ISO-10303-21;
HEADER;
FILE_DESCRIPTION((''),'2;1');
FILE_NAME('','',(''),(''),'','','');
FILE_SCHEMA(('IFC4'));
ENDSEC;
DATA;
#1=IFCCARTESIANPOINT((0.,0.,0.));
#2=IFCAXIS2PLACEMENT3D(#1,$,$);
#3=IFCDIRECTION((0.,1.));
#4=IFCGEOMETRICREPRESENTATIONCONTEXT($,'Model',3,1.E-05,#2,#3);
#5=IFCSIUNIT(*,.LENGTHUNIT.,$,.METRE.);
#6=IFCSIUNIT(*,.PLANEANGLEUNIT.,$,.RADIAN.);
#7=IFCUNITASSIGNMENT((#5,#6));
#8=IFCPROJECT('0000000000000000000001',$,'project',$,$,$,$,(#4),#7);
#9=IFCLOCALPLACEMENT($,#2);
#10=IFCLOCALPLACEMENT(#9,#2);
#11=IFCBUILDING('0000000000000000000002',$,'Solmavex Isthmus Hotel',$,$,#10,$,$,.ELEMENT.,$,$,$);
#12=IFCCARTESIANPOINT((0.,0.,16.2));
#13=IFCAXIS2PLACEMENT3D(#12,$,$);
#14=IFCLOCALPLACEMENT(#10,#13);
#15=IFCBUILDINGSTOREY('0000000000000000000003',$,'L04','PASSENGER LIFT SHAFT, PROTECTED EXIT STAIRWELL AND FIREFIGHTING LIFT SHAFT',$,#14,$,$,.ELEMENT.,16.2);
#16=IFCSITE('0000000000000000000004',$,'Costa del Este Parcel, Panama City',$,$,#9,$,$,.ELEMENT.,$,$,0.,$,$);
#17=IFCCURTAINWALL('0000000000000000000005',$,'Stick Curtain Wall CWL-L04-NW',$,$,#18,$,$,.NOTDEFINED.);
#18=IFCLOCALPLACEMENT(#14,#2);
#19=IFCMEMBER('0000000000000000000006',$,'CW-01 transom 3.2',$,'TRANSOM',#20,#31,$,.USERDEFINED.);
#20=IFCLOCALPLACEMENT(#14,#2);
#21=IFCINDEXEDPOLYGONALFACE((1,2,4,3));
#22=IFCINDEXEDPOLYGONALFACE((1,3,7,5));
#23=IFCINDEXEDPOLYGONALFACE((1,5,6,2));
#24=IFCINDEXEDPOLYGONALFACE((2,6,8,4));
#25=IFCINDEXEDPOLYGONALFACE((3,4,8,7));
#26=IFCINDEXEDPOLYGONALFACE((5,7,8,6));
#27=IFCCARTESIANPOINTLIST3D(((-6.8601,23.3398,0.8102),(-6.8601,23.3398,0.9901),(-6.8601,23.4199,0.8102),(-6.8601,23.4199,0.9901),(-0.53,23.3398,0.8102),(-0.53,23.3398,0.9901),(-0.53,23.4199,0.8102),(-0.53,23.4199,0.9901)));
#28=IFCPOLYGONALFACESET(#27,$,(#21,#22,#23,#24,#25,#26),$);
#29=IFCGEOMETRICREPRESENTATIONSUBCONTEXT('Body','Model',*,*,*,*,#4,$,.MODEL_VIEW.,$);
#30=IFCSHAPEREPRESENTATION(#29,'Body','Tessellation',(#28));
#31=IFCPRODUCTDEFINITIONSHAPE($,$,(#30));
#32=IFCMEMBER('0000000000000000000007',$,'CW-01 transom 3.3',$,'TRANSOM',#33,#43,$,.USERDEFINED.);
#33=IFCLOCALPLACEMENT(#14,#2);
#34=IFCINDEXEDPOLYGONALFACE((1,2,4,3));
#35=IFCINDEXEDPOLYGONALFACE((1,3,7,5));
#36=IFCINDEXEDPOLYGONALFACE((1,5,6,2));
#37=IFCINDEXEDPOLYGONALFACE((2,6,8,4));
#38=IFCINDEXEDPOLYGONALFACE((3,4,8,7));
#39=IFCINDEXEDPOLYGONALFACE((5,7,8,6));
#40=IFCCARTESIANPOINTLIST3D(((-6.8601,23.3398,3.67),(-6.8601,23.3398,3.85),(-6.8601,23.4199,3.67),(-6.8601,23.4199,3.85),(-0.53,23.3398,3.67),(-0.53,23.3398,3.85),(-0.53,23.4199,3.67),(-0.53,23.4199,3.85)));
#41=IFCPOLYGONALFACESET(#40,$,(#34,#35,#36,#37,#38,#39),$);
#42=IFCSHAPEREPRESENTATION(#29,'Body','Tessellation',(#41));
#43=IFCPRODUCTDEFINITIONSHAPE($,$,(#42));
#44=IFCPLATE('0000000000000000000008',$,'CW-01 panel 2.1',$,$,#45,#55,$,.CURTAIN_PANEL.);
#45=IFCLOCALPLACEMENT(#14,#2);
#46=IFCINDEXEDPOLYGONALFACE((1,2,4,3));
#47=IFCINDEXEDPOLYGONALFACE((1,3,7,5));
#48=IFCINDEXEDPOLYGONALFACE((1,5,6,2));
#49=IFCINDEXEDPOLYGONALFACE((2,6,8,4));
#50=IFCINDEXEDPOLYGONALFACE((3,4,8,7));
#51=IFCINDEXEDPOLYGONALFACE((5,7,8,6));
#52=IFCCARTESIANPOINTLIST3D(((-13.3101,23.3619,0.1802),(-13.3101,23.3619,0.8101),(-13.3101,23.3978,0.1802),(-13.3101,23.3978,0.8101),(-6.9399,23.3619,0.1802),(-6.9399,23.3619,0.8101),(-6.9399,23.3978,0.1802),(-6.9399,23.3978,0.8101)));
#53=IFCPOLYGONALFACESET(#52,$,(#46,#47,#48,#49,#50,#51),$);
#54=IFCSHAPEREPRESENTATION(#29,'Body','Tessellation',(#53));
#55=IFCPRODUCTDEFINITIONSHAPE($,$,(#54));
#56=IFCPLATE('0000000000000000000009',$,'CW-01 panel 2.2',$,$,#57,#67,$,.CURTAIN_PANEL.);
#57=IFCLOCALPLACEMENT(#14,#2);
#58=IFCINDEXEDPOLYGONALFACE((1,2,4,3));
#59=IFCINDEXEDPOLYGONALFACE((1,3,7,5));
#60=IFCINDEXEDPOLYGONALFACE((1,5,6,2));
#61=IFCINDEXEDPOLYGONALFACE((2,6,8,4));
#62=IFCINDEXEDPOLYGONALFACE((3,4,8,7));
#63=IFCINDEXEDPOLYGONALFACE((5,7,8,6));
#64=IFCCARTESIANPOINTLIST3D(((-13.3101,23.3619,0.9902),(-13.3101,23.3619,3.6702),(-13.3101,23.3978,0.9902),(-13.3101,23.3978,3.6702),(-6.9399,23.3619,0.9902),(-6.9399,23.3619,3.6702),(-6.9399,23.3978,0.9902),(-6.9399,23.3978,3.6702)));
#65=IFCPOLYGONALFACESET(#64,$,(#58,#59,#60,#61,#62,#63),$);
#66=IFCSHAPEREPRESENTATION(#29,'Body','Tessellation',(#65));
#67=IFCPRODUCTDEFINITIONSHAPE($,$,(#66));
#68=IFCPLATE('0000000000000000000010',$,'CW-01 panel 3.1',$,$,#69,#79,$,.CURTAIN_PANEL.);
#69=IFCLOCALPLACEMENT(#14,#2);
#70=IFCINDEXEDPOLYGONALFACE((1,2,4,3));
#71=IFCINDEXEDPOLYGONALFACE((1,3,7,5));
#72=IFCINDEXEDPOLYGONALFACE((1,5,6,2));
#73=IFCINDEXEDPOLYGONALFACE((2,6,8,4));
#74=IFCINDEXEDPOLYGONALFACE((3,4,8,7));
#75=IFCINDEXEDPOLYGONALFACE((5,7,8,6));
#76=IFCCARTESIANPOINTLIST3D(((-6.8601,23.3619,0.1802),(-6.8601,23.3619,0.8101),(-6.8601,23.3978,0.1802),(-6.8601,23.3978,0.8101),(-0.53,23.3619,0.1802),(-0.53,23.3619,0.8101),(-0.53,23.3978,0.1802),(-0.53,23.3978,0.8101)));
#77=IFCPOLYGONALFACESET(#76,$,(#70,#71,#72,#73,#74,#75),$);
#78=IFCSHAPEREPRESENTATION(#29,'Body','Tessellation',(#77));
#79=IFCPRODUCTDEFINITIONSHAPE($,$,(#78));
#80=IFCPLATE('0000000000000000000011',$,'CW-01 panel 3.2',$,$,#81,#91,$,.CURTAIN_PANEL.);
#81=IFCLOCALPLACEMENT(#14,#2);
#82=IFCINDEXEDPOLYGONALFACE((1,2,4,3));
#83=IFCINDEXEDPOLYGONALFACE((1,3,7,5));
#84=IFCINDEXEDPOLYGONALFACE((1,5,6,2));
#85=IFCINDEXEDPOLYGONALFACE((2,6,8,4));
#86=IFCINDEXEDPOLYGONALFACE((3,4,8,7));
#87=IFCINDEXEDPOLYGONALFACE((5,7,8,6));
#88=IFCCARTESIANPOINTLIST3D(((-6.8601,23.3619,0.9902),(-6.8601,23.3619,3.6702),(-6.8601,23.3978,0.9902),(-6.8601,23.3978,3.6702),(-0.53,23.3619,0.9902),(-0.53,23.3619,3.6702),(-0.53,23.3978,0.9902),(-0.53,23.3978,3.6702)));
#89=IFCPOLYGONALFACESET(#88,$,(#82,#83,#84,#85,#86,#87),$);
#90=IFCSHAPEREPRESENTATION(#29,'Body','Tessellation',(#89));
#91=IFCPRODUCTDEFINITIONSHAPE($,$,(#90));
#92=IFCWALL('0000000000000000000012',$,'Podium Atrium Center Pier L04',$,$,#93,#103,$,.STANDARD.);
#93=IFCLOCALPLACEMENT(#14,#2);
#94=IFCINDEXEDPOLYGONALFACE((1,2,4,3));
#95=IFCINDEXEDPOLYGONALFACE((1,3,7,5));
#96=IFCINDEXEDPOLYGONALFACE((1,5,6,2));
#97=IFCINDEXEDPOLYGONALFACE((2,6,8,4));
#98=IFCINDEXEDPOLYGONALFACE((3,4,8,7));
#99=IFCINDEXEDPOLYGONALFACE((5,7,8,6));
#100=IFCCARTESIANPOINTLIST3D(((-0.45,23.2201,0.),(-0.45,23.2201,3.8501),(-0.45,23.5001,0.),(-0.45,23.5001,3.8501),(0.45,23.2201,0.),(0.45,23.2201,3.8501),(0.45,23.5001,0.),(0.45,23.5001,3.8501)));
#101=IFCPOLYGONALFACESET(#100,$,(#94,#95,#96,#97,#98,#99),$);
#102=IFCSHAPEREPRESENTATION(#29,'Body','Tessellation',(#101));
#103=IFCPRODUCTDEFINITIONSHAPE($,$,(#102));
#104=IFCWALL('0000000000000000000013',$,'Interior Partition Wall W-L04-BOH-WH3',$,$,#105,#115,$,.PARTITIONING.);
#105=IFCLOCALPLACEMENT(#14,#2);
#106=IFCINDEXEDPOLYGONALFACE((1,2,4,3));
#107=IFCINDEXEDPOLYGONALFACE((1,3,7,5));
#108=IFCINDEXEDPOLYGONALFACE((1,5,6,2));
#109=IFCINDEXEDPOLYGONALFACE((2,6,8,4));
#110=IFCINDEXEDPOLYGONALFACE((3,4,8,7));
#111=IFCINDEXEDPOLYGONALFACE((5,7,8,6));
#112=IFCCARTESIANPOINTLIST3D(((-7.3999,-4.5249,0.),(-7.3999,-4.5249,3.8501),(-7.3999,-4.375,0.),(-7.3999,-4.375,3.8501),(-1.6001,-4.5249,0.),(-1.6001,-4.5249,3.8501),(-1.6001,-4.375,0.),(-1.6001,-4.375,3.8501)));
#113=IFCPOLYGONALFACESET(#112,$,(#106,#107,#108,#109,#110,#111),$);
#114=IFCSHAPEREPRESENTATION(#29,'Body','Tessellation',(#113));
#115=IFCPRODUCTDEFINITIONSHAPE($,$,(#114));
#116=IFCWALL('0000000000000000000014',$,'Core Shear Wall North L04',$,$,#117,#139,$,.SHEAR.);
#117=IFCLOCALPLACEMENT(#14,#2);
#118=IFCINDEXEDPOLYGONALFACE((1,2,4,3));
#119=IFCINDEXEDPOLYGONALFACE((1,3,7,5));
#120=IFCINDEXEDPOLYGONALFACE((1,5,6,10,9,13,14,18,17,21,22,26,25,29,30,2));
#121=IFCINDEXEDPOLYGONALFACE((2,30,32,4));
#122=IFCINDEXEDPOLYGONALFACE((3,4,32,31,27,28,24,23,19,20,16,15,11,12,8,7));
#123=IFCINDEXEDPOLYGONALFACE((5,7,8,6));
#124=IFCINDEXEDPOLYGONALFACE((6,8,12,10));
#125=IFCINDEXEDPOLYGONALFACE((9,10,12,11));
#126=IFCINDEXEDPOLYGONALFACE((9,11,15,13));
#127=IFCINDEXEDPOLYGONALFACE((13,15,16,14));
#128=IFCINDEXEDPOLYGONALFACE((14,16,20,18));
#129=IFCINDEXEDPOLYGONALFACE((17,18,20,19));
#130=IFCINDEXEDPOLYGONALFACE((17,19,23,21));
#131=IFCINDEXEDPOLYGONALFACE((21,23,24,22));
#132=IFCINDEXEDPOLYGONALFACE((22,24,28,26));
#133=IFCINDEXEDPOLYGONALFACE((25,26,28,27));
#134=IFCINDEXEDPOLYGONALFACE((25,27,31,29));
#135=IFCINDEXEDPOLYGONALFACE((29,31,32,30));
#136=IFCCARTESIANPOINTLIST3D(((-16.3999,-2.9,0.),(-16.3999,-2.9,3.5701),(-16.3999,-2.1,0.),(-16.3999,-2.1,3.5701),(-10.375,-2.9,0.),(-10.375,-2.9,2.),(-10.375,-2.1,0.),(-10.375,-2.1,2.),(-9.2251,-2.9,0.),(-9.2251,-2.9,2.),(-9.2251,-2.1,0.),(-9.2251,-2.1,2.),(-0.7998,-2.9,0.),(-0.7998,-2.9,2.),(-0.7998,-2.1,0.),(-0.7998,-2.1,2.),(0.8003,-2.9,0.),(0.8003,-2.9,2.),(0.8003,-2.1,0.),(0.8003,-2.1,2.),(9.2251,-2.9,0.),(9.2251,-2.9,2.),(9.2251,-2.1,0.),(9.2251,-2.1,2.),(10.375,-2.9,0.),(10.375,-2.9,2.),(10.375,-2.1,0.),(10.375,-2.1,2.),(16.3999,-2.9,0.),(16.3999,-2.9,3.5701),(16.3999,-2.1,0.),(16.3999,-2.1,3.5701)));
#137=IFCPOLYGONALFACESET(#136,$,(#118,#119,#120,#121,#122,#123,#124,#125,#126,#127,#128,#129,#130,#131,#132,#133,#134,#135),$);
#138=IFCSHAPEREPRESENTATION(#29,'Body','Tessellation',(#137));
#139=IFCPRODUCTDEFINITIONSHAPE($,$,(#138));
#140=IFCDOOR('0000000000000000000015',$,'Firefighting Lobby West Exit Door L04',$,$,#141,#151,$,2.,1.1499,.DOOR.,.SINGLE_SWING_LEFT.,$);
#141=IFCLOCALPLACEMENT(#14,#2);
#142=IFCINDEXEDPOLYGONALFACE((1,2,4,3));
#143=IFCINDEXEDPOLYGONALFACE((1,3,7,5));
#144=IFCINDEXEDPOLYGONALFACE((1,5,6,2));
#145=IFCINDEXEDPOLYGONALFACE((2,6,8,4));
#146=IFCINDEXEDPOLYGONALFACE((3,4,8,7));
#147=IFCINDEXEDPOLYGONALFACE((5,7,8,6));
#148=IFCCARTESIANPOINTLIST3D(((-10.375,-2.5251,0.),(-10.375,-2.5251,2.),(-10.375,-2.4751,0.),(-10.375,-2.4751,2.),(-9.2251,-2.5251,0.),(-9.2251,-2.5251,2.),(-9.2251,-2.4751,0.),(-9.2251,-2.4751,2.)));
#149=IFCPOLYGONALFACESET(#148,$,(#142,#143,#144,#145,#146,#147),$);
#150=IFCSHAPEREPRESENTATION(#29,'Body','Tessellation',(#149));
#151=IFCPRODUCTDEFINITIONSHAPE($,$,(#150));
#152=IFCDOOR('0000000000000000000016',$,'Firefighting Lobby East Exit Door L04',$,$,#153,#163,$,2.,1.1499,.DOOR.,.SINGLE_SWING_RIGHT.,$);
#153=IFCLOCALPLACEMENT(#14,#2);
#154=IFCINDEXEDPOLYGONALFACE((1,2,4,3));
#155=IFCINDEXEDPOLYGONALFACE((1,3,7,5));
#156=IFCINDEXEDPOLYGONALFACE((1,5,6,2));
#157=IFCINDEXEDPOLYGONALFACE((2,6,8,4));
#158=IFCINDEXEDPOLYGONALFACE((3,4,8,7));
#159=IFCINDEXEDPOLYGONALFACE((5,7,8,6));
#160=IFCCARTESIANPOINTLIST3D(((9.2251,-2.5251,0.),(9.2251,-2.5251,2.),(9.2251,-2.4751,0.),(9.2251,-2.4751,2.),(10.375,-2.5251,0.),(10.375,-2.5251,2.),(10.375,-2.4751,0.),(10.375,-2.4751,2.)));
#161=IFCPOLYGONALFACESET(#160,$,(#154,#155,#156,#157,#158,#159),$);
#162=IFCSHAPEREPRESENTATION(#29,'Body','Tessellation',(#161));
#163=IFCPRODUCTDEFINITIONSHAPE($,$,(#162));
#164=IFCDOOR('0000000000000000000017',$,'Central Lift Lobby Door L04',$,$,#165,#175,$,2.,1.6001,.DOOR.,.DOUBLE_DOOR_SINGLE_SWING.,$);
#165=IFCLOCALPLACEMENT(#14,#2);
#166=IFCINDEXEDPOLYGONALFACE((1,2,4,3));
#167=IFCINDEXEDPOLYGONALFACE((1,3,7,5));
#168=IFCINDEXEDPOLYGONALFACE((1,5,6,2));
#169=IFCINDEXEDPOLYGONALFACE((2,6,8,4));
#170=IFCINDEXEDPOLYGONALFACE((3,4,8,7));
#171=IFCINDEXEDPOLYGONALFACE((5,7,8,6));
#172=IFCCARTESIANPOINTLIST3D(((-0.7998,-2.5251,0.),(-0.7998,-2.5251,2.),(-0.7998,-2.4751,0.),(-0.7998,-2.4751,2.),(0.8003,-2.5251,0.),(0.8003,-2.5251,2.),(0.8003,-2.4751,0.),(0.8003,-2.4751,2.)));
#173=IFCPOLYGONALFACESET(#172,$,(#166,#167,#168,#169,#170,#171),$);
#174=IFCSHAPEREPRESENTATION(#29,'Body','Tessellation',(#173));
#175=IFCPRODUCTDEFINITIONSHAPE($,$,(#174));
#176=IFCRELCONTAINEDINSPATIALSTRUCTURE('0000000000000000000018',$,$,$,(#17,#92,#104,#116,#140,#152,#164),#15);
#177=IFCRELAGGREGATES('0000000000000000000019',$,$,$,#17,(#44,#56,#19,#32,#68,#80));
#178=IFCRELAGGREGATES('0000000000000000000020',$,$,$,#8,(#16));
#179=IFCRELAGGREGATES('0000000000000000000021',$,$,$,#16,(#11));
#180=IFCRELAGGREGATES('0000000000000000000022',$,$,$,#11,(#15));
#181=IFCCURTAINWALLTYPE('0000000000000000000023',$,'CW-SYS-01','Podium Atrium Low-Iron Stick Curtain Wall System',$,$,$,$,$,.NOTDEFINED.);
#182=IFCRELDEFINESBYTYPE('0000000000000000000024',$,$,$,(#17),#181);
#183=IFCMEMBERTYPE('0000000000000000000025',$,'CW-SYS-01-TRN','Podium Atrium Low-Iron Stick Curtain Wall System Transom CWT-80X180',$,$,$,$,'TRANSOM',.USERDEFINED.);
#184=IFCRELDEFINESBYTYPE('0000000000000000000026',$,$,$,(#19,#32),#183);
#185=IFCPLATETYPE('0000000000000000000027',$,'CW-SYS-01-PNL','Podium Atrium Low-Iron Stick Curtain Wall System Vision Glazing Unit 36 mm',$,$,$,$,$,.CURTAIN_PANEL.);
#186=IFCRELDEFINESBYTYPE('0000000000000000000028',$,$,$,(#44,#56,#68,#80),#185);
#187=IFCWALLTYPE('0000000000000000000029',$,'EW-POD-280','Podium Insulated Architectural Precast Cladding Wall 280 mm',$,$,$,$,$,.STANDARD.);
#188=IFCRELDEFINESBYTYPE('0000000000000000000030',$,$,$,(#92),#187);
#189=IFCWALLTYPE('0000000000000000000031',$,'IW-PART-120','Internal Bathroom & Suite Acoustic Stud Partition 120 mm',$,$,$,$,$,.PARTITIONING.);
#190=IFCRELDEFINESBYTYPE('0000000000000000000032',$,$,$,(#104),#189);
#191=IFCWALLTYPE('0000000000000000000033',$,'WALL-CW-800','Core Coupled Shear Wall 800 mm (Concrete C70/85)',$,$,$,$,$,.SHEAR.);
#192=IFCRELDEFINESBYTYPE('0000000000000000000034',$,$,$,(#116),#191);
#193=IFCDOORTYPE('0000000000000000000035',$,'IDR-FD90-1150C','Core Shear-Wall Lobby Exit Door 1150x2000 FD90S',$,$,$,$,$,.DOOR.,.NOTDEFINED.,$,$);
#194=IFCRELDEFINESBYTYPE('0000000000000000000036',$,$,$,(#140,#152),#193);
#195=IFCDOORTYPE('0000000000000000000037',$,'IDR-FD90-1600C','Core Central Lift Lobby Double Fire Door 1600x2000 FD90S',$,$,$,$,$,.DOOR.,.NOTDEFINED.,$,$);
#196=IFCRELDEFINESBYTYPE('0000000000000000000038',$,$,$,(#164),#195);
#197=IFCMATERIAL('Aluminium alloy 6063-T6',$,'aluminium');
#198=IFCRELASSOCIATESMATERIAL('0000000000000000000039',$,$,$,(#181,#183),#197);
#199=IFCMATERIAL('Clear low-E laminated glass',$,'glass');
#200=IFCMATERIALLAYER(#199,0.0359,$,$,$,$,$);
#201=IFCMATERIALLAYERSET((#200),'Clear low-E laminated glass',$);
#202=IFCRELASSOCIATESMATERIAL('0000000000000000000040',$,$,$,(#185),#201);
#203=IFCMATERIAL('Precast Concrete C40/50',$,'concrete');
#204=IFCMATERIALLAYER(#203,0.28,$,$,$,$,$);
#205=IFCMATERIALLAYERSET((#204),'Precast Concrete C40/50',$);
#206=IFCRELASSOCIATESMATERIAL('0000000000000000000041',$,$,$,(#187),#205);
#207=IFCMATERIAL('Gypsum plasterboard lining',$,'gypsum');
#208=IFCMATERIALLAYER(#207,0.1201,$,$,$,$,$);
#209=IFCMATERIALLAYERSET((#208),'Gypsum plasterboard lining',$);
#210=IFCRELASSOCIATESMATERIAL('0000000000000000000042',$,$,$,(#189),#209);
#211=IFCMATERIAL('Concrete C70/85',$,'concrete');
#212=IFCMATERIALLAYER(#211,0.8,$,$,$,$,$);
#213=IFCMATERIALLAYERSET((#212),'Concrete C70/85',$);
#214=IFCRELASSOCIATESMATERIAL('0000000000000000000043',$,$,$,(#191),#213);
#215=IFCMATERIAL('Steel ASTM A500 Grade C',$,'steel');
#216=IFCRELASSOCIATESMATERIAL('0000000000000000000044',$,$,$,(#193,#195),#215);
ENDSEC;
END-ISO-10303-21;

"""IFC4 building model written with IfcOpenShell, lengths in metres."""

from ifc_helpers import new_model, si_unit, direction, frame, frame_2d, origin, origin_2d, place, context, subcontext, project, spatial, rectangle, extrude, material, layer, layer_set, material_profile, profile_set, type_object, element, fill, aggregate, save


model = new_model("IFC4")

# Units and contexts
model_context = context("Model", 3, precision=1e-05, world=origin(), true_north=direction((0.0, 1.0)))
body_context = subcontext(model_context, "Body", "Model", "MODEL_VIEW")
ifc_project = project(units=[si_unit("LENGTHUNIT", "METRE"), si_unit("PLANEANGLEUNIT", "RADIAN")], contexts=[model_context])

# Site, building, storey
site_placement = place(None, origin())
site = spatial("IfcSite", under=ifc_project, at=site_placement, Name="Costa del Este Parcel, Panama City", CompositionType="ELEMENT", RefElevation=0.0)
building_placement = place(site_placement, origin())
building = spatial("IfcBuilding", under=site, at=building_placement, Name="Solmavex Isthmus Hotel", CompositionType="ELEMENT")
storey_placement = place(building_placement, frame((0.0, 0.0, 16.2)))
storey = spatial("IfcBuildingStorey", under=building, at=storey_placement, Name="L04", Description="PASSENGER LIFT SHAFT, PROTECTED EXIT STAIRWELL AND FIREFIGHTING LIFT SHAFT", CompositionType="ELEMENT", Elevation=16.2)

# Shared definitions
ifc_material_1 = material(Name="Concrete C70/85", Category="concrete")

# Curtain wall, members, plates
ifc_material_2 = material(Name="Aluminium alloy 6063-T6", Category="aluminium")
curtain_wall_type = type_object("IfcCurtainWallType", Name="CW-SYS-01", Description="Podium Atrium Low-Iron Stick Curtain Wall System", PredefinedType="NOTDEFINED", material=ifc_material_2)
curtain_wall_placement = place(storey_placement, origin())
curtain_wall = element("IfcCurtainWall", 1, at=curtain_wall_placement, inside=storey, type_object=curtain_wall_type, Name="Stick Curtain Wall CWL-L04-NW", PredefinedType="NOTDEFINED")
ifc_material_profile_1 = material_profile(ifc_material_2, rectangle(XDim=0.0801, YDim=0.1799, at=origin_2d()), Name="CWT-80X180")
ifc_profile_set_1 = profile_set([ifc_material_profile_1], Name="Aluminium alloy 6063-T6")
member_type_1 = type_object("IfcMemberType", Name="CW-SYS-01-TRN", Description="Podium Atrium Low-Iron Stick Curtain Wall System Transom CWT-80X180", ElementType="TRANSOM", PredefinedType="USERDEFINED", material=ifc_profile_set_1)
member_1_placement = place(storey_placement, frame((-6.8601, 23.3799, 0.9001), z_axis=(1.0, 0.0, 0.0), x_axis=(0.0, 1.0, 0.0)))
member_1 = element("IfcMember", 2, at=member_1_placement, type_object=member_type_1, Name="CW-01 transom 3.2", ObjectType="TRANSOM", PredefinedType="USERDEFINED", context=body_context, shape_type="SweptSolid", body=[
    extrude(rectangle(XDim=0.0801, YDim=0.1799, at=origin_2d()), origin(), (0.0, 0.0, 1.0), 6.3301),
])
member_2_placement = place(storey_placement, frame((-6.8601, 23.3799, 3.76), z_axis=(1.0, 0.0, 0.0), x_axis=(0.0, 1.0, 0.0)))
member_2 = element("IfcMember", 3, at=member_2_placement, type_object=member_type_1, Name="CW-01 transom 3.3", ObjectType="TRANSOM", PredefinedType="USERDEFINED", context=body_context, shape_type="SweptSolid", body=[
    extrude(rectangle(XDim=0.0801, YDim=0.1799, at=origin_2d()), origin(), (0.0, 0.0, 1.0), 6.3301),
])
ifc_material_3 = material(Name="Clear low-E laminated glass", Category="glass")
ifc_layer_1 = layer(ifc_material_3, 0.0359)
ifc_layer_set_1 = layer_set([ifc_layer_1], Name="Clear low-E laminated glass")
plate_type = type_object("IfcPlateType", Name="CW-SYS-01-PNL", Description="Podium Atrium Low-Iron Stick Curtain Wall System Vision Glazing Unit 36 mm", PredefinedType="CURTAIN_PANEL", material=ifc_layer_set_1)
plate_1_placement = place(storey_placement, frame((-10.125, 23.3799, 0.1802), z_axis=(0.0, 0.0, 1.0), x_axis=(1.0, 0.0, 0.0)))
plate_1 = element("IfcPlate", 4, at=plate_1_placement, type_object=plate_type, Name="CW-01 panel 2.1", PredefinedType="CURTAIN_PANEL", context=body_context, shape_type="SweptSolid", body=[
    extrude(rectangle(XDim=6.3701, YDim=0.0359, at=origin_2d()), origin(), (0.0, 0.0, 1.0), 0.6299),
])
plate_2_placement = place(storey_placement, frame((-10.125, 23.3799, 0.9902), z_axis=(0.0, 0.0, 1.0), x_axis=(1.0, 0.0, 0.0)))
plate_2 = element("IfcPlate", 5, at=plate_2_placement, type_object=plate_type, Name="CW-01 panel 2.2", PredefinedType="CURTAIN_PANEL", context=body_context, shape_type="SweptSolid", body=[
    extrude(rectangle(XDim=6.3701, YDim=0.0359, at=origin_2d()), origin(), (0.0, 0.0, 1.0), 2.6799),
])
plate_3_placement = place(storey_placement, frame((-3.6951, 23.3799, 0.1802), z_axis=(0.0, 0.0, 1.0), x_axis=(1.0, 0.0, 0.0)))
plate_3 = element("IfcPlate", 6, at=plate_3_placement, type_object=plate_type, Name="CW-01 panel 3.1", PredefinedType="CURTAIN_PANEL", context=body_context, shape_type="SweptSolid", body=[
    extrude(rectangle(XDim=6.3301, YDim=0.0359, at=origin_2d()), origin(), (0.0, 0.0, 1.0), 0.6299),
])
plate_4_placement = place(storey_placement, frame((-3.6951, 23.3799, 0.9902), z_axis=(0.0, 0.0, 1.0), x_axis=(1.0, 0.0, 0.0)))
plate_4 = element("IfcPlate", 7, at=plate_4_placement, type_object=plate_type, Name="CW-01 panel 3.2", PredefinedType="CURTAIN_PANEL", context=body_context, shape_type="SweptSolid", body=[
    extrude(rectangle(XDim=6.3301, YDim=0.0359, at=origin_2d()), origin(), (0.0, 0.0, 1.0), 2.6799),
])
aggregate(curtain_wall, [plate_1, plate_2, member_1, member_2, plate_3, plate_4])

# Walls
ifc_material_4 = material(Name="Precast Concrete C40/50", Category="concrete")
ifc_layer_2 = layer(ifc_material_4, 0.28)
ifc_layer_set_2 = layer_set([ifc_layer_2], Name="Precast Concrete C40/50")
wall_type_1 = type_object("IfcWallType", Name="EW-POD-280", Description="Podium Insulated Architectural Precast Cladding Wall 280 mm", PredefinedType="STANDARD", material=ifc_layer_set_2)
wall_1_placement = place(storey_placement, frame((-0.45, 23.3601, 0.0), z_axis=(0.0, 0.0, 1.0), x_axis=(1.0, 0.0, 0.0)))
element("IfcWall", 8, at=wall_1_placement, inside=storey, type_object=wall_type_1, Name="Podium Atrium Center Pier L04", PredefinedType="STANDARD", context=body_context, shape_type="SweptSolid", body=[
    extrude(rectangle(XDim=0.8999, YDim=0.28, at=frame_2d((0.45, 0.0))), origin(), (0.0, 0.0, 1.0), 3.8501),
])
ifc_material_5 = material(Name="Gypsum plasterboard lining", Category="gypsum")
ifc_layer_3 = layer(ifc_material_5, 0.1201)
ifc_layer_set_3 = layer_set([ifc_layer_3], Name="Gypsum plasterboard lining")
wall_type_2 = type_object("IfcWallType", Name="IW-PART-120", Description="Internal Bathroom & Suite Acoustic Stud Partition 120 mm", PredefinedType="PARTITIONING", material=ifc_layer_set_3)
wall_2_placement = place(storey_placement, frame((-7.3999, -4.45, 0.0), z_axis=(0.0, 0.0, 1.0), x_axis=(1.0, 0.0, 0.0)))
element("IfcWall", 9, at=wall_2_placement, inside=storey, type_object=wall_type_2, Name="Interior Partition Wall W-L04-BOH-WH3", PredefinedType="PARTITIONING", context=body_context, shape_type="SweptSolid", body=[
    extrude(rectangle(XDim=5.7998, YDim=0.1499, at=frame_2d((2.8999, 0.0))), origin(), (0.0, 0.0, 1.0), 3.8501),
])

# Wall, openings, doors
ifc_layer_4 = layer(ifc_material_1, 0.8)
ifc_layer_set_4 = layer_set([ifc_layer_4], Name="Concrete C70/85")
wall_type_3 = type_object("IfcWallType", Name="WALL-CW-800", Description="Core Coupled Shear Wall 800 mm (Concrete C70/85)", PredefinedType="SHEAR", material=ifc_layer_set_4)
wall_3_placement = place(storey_placement, frame((-16.3999, -2.5, 0.0), z_axis=(0.0, 0.0, 1.0), x_axis=(1.0, 0.0, 0.0)))
wall_3 = element("IfcWall", 10, at=wall_3_placement, inside=storey, type_object=wall_type_3, Name="Core Shear Wall North L04", PredefinedType="SHEAR", context=body_context, shape_type="SweptSolid", body=[
    extrude(rectangle(XDim=32.7998, YDim=0.8, at=frame_2d((16.3999, 0.0))), origin(), (0.0, 0.0, 1.0), 3.5701),
])
opening_1_placement = place(wall_3_placement, frame((6.0249, 0.0, 0.0)))
opening_1 = element("IfcOpeningElement", 11, at=opening_1_placement, cuts=wall_3, PredefinedType="OPENING", context=body_context, shape_type="SweptSolid", body=[
    extrude(rectangle(XDim=1.1499, YDim=2.0, at=frame_2d((0.575, 1.0))), frame((0.0, 0.4099, 0.0), z_axis=(0.0, -1.0, 0.0), x_axis=(1.0, 0.0, 0.0)), (0.0, 0.0, 1.0), 0.8201),
])
opening_2_placement = place(wall_3_placement, frame((15.6001, 0.0, 0.0)))
opening_2 = element("IfcOpeningElement", 12, at=opening_2_placement, cuts=wall_3, PredefinedType="OPENING", context=body_context, shape_type="SweptSolid", body=[
    extrude(rectangle(XDim=1.6001, YDim=2.0, at=frame_2d((0.8, 1.0))), frame((0.0, 0.4099, 0.0), z_axis=(0.0, -1.0, 0.0), x_axis=(1.0, 0.0, 0.0)), (0.0, 0.0, 1.0), 0.8201),
])
opening_3_placement = place(wall_3_placement, frame((25.625, 0.0, 0.0)))
opening_3 = element("IfcOpeningElement", 13, at=opening_3_placement, cuts=wall_3, PredefinedType="OPENING", context=body_context, shape_type="SweptSolid", body=[
    extrude(rectangle(XDim=1.1499, YDim=2.0, at=frame_2d((0.575, 1.0))), frame((0.0, 0.4099, 0.0), z_axis=(0.0, -1.0, 0.0), x_axis=(1.0, 0.0, 0.0)), (0.0, 0.0, 1.0), 0.8201),
])
ifc_material_6 = material(Name="Steel ASTM A500 Grade C", Category="steel")
door_type_1 = type_object("IfcDoorType", Name="IDR-FD90-1150C", Description="Core Shear-Wall Lobby Exit Door 1150x2000 FD90S", OperationType="NOTDEFINED", PredefinedType="DOOR", material=ifc_material_6)
door_1_placement = place(opening_1_placement, origin())
door_1 = element("IfcDoor", 14, at=door_1_placement, inside=storey, type_object=door_type_1, Name="Firefighting Lobby West Exit Door L04", OperationType="SINGLE_SWING_LEFT", OverallHeight=2.0, OverallWidth=1.1499, PredefinedType="DOOR", context=body_context, shape_type="SweptSolid", body=[
    extrude(rectangle(XDim=1.1499, YDim=2.0, at=frame_2d((0.575, 1.0))), frame((0.0, 0.0249, 0.0), z_axis=(0.0, -1.0, 0.0), x_axis=(1.0, 0.0, 0.0)), (0.0, 0.0, 1.0), 0.05),
])
fill(opening_1, door_1)
door_2_placement = place(opening_3_placement, origin())
door_2 = element("IfcDoor", 15, at=door_2_placement, inside=storey, type_object=door_type_1, Name="Firefighting Lobby East Exit Door L04", OperationType="SINGLE_SWING_RIGHT", OverallHeight=2.0, OverallWidth=1.1499, PredefinedType="DOOR", context=body_context, shape_type="SweptSolid", body=[
    extrude(rectangle(XDim=1.1499, YDim=2.0, at=frame_2d((0.575, 1.0))), frame((0.0, 0.0249, 0.0), z_axis=(0.0, -1.0, 0.0), x_axis=(1.0, 0.0, 0.0)), (0.0, 0.0, 1.0), 0.05),
])
fill(opening_3, door_2)
door_type_2 = type_object("IfcDoorType", Name="IDR-FD90-1600C", Description="Core Central Lift Lobby Double Fire Door 1600x2000 FD90S", OperationType="NOTDEFINED", PredefinedType="DOOR", material=ifc_material_6)
door_3_placement = place(opening_2_placement, origin())
door_3 = element("IfcDoor", 16, at=door_3_placement, inside=storey, type_object=door_type_2, Name="Central Lift Lobby Door L04", OperationType="DOUBLE_DOOR_SINGLE_SWING", OverallHeight=2.0, OverallWidth=1.6001, PredefinedType="DOOR", context=body_context, shape_type="SweptSolid", body=[
    extrude(rectangle(XDim=1.6001, YDim=2.0, at=frame_2d((0.8, 1.0))), frame((0.0, 0.0249, 0.0), z_axis=(0.0, -1.0, 0.0), x_axis=(1.0, 0.0, 0.0)), (0.0, 0.0, 1.0), 0.05),
])
fill(opening_2, door_3)

save(model, "model.ifc")
